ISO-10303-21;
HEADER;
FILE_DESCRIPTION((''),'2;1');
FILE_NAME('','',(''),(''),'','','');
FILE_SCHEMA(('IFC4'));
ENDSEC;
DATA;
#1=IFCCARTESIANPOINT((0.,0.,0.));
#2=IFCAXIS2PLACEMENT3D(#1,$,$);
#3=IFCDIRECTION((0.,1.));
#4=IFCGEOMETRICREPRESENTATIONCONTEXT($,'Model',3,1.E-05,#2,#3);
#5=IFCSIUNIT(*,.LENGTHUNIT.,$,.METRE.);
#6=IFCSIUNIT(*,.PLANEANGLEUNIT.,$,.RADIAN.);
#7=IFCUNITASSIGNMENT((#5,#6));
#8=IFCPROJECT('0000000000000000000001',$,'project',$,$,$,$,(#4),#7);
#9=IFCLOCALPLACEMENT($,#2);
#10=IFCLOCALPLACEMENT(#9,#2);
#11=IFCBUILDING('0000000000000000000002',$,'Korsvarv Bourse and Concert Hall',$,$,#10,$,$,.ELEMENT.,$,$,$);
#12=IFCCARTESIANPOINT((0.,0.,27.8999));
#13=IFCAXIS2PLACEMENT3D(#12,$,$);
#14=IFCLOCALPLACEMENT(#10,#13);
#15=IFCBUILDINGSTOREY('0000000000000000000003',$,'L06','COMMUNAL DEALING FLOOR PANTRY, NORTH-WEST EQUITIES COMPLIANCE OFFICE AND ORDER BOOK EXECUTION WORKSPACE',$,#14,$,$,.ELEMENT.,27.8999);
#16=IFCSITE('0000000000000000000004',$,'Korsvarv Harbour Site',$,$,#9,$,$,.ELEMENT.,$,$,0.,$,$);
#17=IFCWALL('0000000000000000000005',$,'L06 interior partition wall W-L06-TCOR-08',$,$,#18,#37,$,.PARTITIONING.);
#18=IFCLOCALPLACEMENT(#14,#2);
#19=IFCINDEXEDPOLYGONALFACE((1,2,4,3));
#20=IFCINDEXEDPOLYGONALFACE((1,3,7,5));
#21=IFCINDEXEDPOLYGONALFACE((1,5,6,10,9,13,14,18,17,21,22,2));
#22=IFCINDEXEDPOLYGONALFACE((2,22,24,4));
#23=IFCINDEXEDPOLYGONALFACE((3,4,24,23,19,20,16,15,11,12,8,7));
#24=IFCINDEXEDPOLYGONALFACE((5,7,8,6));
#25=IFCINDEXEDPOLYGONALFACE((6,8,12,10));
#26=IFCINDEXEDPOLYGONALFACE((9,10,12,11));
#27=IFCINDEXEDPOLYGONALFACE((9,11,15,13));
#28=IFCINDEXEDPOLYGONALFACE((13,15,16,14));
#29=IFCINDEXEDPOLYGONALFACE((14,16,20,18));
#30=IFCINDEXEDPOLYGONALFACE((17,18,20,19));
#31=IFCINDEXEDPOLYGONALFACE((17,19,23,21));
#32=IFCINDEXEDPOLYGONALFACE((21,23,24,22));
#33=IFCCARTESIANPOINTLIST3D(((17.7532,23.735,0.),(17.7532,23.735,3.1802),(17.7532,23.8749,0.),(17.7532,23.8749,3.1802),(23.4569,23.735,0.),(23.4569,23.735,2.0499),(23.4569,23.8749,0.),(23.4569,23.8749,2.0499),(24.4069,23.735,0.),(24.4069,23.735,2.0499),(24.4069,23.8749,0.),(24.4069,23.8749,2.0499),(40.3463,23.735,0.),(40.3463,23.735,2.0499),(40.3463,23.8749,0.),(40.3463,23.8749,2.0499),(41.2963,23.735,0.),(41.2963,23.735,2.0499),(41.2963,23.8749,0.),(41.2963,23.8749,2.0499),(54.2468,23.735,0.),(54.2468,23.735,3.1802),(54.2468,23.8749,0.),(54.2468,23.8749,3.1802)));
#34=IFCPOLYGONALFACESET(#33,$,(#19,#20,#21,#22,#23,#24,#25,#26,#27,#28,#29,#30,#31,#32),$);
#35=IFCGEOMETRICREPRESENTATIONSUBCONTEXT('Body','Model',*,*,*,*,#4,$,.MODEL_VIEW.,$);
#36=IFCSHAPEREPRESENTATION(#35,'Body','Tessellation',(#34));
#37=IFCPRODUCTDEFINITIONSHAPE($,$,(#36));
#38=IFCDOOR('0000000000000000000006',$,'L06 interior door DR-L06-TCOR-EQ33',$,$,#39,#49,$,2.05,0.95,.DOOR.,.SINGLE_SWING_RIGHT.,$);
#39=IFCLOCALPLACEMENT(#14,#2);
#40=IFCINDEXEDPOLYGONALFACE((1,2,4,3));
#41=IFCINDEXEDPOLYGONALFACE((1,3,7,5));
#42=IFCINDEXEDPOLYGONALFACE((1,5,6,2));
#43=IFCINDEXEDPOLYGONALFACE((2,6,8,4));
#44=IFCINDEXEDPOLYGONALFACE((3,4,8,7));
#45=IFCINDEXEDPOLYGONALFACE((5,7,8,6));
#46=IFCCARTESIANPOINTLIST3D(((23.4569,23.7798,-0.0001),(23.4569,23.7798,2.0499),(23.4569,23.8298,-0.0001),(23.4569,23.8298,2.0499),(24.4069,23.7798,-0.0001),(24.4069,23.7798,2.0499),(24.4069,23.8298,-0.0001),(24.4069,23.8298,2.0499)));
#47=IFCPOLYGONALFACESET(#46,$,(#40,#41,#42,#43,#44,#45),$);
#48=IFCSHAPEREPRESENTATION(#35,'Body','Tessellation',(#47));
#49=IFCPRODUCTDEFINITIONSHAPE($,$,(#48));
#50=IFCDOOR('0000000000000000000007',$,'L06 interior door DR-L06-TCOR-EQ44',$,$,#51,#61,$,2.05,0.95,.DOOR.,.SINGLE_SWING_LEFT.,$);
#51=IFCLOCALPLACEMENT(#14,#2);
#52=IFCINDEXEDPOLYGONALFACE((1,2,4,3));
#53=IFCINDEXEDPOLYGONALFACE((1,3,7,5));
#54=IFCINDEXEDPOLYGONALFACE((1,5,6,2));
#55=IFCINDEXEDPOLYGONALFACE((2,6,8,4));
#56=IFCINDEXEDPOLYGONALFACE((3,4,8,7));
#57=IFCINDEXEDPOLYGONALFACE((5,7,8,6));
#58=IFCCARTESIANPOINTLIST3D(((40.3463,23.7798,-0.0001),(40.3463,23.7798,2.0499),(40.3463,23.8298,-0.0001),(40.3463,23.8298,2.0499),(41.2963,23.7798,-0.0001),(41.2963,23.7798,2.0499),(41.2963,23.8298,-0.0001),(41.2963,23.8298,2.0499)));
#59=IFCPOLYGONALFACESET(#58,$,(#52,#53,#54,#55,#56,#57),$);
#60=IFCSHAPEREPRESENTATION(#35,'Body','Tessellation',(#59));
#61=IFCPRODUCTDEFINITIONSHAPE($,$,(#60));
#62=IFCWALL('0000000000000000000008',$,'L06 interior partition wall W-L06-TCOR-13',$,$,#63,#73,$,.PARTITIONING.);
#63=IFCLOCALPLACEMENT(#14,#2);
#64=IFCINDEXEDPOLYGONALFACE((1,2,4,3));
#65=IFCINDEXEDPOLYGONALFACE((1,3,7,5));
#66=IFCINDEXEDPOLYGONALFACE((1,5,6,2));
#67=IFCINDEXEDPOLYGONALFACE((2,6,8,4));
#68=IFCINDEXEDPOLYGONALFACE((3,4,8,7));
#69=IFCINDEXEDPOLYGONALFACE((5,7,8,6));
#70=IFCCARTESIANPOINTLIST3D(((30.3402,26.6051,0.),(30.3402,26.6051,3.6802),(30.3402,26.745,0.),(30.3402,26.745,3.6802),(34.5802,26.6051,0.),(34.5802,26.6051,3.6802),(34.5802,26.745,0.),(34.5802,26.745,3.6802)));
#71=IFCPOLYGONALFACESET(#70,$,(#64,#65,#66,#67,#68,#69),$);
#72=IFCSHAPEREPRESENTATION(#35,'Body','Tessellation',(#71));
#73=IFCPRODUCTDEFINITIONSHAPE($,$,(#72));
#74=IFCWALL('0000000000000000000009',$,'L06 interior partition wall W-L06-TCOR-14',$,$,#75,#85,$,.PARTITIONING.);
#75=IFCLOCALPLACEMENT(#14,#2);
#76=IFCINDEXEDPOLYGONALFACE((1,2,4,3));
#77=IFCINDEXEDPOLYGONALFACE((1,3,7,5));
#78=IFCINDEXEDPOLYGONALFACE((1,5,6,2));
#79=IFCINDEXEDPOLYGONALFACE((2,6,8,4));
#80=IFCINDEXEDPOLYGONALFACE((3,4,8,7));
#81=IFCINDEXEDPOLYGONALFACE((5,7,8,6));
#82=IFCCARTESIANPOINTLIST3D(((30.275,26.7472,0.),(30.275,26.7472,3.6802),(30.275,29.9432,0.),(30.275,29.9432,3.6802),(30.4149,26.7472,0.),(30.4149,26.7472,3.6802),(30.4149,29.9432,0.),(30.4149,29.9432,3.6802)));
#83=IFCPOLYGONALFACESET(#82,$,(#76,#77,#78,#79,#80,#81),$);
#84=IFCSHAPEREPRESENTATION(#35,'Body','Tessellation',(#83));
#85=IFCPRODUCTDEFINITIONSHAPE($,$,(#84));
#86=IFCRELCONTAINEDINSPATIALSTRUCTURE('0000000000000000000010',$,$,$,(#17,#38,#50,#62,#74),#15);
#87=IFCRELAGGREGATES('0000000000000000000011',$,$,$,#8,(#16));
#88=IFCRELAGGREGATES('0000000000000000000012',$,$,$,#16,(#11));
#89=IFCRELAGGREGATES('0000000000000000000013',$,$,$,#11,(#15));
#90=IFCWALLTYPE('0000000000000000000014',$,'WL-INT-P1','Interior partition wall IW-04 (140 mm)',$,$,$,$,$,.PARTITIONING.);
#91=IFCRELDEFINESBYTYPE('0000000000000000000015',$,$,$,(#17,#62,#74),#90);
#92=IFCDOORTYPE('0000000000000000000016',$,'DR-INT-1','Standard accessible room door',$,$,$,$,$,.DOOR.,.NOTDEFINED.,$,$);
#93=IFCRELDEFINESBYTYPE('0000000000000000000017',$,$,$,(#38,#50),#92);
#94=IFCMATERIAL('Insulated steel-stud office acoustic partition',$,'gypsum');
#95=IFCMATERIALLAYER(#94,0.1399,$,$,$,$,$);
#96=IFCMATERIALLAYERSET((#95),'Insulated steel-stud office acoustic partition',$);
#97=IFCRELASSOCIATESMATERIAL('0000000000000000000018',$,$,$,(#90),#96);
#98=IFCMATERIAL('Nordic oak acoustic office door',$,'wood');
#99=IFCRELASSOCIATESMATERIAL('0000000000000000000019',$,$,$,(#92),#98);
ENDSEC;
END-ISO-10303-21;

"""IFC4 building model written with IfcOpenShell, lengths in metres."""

from ifc_helpers import new_model, si_unit, direction, frame, frame_2d, origin, place, context, subcontext, project, spatial, rectangle, extrude, material, layer, layer_set, type_object, element, fill, save


model = new_model("IFC4")

# Units and contexts
model_context = context("Model", 3, precision=1e-05, world=origin(), true_north=direction((0.0, 1.0)))
body_context = subcontext(model_context, "Body", "Model", "MODEL_VIEW")
ifc_project = project(units=[si_unit("LENGTHUNIT", "METRE"), si_unit("PLANEANGLEUNIT", "RADIAN")], contexts=[model_context])

# Site, building, storey
site_placement = place(None, origin())
site = spatial("IfcSite", under=ifc_project, at=site_placement, Name="Korsvarv Harbour Site", CompositionType="ELEMENT", RefElevation=0.0)
building_placement = place(site_placement, origin())
building = spatial("IfcBuilding", under=site, at=building_placement, Name="Korsvarv Bourse and Concert Hall", CompositionType="ELEMENT")
storey_placement = place(building_placement, frame((0.0, 0.0, 27.8999)))
storey = spatial("IfcBuildingStorey", under=building, at=storey_placement, Name="L06", Description="COMMUNAL DEALING FLOOR PANTRY, NORTH-WEST EQUITIES COMPLIANCE OFFICE AND ORDER BOOK EXECUTION WORKSPACE", CompositionType="ELEMENT", Elevation=27.8999)

# Wall, openings, doors
ifc_material_1 = material(Name="Insulated steel-stud office acoustic partition", Category="gypsum")
ifc_layer_1 = layer(ifc_material_1, 0.1399)
ifc_layer_set_1 = layer_set([ifc_layer_1], Name="Insulated steel-stud office acoustic partition")
wall_type = type_object("IfcWallType", Name="WL-INT-P1", Description="Interior partition wall IW-04 (140 mm)", PredefinedType="PARTITIONING", material=ifc_layer_set_1)
wall_1_placement = place(storey_placement, frame((17.7532, 23.8049, 0.0), z_axis=(0.0, 0.0, 1.0), x_axis=(1.0, 0.0, 0.0)))
wall_1 = element("IfcWall", 1, at=wall_1_placement, inside=storey, type_object=wall_type, Name="L06 interior partition wall W-L06-TCOR-08", PredefinedType="PARTITIONING", context=body_context, shape_type="SweptSolid", body=[
    extrude(rectangle(XDim=36.4937, YDim=0.1399, at=frame_2d((18.2468, 0.0))), origin(), (0.0, 0.0, 1.0), 3.1802),
])
opening_1_placement = place(wall_1_placement, frame((5.7036, 0.0, 0.0)))
opening_1 = element("IfcOpeningElement", 2, at=opening_1_placement, cuts=wall_1, PredefinedType="OPENING", context=body_context, shape_type="SweptSolid", body=[
    extrude(rectangle(XDim=0.95, YDim=2.05, at=frame_2d((0.4751, 1.0249))), frame((0.0, 0.0801, 0.0), z_axis=(0.0, -1.0, 0.0), x_axis=(1.0, 0.0, 0.0)), (0.0, 0.0, 1.0), 0.1599),
])
opening_2_placement = place(wall_1_placement, frame((22.593, 0.0, 0.0)))
opening_2 = element("IfcOpeningElement", 3, at=opening_2_placement, cuts=wall_1, PredefinedType="OPENING", context=body_context, shape_type="SweptSolid", body=[
    extrude(rectangle(XDim=0.95, YDim=2.05, at=frame_2d((0.4751, 1.0249))), frame((0.0, 0.0801, 0.0), z_axis=(0.0, -1.0, 0.0), x_axis=(1.0, 0.0, 0.0)), (0.0, 0.0, 1.0), 0.1599),
])
ifc_material_2 = material(Name="Nordic oak acoustic office door", Category="wood")
door_type = type_object("IfcDoorType", Name="DR-INT-1", Description="Standard accessible room door", OperationType="NOTDEFINED", PredefinedType="DOOR", material=ifc_material_2)
door_1_placement = place(opening_1_placement, origin())
door_1 = element("IfcDoor", 4, at=door_1_placement, inside=storey, type_object=door_type, Name="L06 interior door DR-L06-TCOR-EQ33", OperationType="SINGLE_SWING_RIGHT", OverallHeight=2.05, OverallWidth=0.95, PredefinedType="DOOR", context=body_context, shape_type="SweptSolid", body=[
    extrude(rectangle(XDim=0.95, YDim=2.05, at=frame_2d((0.4751, 1.0249))), frame((0.0, 0.0249, 0.0), z_axis=(0.0, -1.0, 0.0), x_axis=(1.0, 0.0, 0.0)), (0.0, 0.0, 1.0), 0.05),
])
fill(opening_1, door_1)
door_2_placement = place(opening_2_placement, origin())
door_2 = element("IfcDoor", 5, at=door_2_placement, inside=storey, type_object=door_type, Name="L06 interior door DR-L06-TCOR-EQ44", OperationType="SINGLE_SWING_LEFT", OverallHeight=2.05, OverallWidth=0.95, PredefinedType="DOOR", context=body_context, shape_type="SweptSolid", body=[
    extrude(rectangle(XDim=0.95, YDim=2.05, at=frame_2d((0.4751, 1.0249))), frame((0.0, 0.0249, 0.0), z_axis=(0.0, -1.0, 0.0), x_axis=(1.0, 0.0, 0.0)), (0.0, 0.0, 1.0), 0.05),
])
fill(opening_2, door_2)

# Walls
wall_2_placement = place(storey_placement, frame((30.3401, 26.675, 0.0), z_axis=(0.0, 0.0, 1.0), x_axis=(1.0, 0.0, 0.0)))
element("IfcWall", 6, at=wall_2_placement, inside=storey, type_object=wall_type, Name="L06 interior partition wall W-L06-TCOR-13", PredefinedType="PARTITIONING", context=body_context, shape_type="SweptSolid", body=[
    extrude(rectangle(XDim=4.24, YDim=0.1399, at=frame_2d((2.1201, 0.0))), origin(), (0.0, 0.0, 1.0), 3.6802),
])
wall_3_placement = place(storey_placement, frame((30.345, 26.7471, 0.0), z_axis=(0.0, 0.0, 1.0), x_axis=(0.0, 1.0, 0.0)))
element("IfcWall", 7, at=wall_3_placement, inside=storey, type_object=wall_type, Name="L06 interior partition wall W-L06-TCOR-14", PredefinedType="PARTITIONING", context=body_context, shape_type="SweptSolid", body=[
    extrude(rectangle(XDim=3.196, YDim=0.1399, at=frame_2d((1.5981, 0.0))), origin(), (0.0, 0.0, 1.0), 3.6802),
])

save(model, "model.ifc")
